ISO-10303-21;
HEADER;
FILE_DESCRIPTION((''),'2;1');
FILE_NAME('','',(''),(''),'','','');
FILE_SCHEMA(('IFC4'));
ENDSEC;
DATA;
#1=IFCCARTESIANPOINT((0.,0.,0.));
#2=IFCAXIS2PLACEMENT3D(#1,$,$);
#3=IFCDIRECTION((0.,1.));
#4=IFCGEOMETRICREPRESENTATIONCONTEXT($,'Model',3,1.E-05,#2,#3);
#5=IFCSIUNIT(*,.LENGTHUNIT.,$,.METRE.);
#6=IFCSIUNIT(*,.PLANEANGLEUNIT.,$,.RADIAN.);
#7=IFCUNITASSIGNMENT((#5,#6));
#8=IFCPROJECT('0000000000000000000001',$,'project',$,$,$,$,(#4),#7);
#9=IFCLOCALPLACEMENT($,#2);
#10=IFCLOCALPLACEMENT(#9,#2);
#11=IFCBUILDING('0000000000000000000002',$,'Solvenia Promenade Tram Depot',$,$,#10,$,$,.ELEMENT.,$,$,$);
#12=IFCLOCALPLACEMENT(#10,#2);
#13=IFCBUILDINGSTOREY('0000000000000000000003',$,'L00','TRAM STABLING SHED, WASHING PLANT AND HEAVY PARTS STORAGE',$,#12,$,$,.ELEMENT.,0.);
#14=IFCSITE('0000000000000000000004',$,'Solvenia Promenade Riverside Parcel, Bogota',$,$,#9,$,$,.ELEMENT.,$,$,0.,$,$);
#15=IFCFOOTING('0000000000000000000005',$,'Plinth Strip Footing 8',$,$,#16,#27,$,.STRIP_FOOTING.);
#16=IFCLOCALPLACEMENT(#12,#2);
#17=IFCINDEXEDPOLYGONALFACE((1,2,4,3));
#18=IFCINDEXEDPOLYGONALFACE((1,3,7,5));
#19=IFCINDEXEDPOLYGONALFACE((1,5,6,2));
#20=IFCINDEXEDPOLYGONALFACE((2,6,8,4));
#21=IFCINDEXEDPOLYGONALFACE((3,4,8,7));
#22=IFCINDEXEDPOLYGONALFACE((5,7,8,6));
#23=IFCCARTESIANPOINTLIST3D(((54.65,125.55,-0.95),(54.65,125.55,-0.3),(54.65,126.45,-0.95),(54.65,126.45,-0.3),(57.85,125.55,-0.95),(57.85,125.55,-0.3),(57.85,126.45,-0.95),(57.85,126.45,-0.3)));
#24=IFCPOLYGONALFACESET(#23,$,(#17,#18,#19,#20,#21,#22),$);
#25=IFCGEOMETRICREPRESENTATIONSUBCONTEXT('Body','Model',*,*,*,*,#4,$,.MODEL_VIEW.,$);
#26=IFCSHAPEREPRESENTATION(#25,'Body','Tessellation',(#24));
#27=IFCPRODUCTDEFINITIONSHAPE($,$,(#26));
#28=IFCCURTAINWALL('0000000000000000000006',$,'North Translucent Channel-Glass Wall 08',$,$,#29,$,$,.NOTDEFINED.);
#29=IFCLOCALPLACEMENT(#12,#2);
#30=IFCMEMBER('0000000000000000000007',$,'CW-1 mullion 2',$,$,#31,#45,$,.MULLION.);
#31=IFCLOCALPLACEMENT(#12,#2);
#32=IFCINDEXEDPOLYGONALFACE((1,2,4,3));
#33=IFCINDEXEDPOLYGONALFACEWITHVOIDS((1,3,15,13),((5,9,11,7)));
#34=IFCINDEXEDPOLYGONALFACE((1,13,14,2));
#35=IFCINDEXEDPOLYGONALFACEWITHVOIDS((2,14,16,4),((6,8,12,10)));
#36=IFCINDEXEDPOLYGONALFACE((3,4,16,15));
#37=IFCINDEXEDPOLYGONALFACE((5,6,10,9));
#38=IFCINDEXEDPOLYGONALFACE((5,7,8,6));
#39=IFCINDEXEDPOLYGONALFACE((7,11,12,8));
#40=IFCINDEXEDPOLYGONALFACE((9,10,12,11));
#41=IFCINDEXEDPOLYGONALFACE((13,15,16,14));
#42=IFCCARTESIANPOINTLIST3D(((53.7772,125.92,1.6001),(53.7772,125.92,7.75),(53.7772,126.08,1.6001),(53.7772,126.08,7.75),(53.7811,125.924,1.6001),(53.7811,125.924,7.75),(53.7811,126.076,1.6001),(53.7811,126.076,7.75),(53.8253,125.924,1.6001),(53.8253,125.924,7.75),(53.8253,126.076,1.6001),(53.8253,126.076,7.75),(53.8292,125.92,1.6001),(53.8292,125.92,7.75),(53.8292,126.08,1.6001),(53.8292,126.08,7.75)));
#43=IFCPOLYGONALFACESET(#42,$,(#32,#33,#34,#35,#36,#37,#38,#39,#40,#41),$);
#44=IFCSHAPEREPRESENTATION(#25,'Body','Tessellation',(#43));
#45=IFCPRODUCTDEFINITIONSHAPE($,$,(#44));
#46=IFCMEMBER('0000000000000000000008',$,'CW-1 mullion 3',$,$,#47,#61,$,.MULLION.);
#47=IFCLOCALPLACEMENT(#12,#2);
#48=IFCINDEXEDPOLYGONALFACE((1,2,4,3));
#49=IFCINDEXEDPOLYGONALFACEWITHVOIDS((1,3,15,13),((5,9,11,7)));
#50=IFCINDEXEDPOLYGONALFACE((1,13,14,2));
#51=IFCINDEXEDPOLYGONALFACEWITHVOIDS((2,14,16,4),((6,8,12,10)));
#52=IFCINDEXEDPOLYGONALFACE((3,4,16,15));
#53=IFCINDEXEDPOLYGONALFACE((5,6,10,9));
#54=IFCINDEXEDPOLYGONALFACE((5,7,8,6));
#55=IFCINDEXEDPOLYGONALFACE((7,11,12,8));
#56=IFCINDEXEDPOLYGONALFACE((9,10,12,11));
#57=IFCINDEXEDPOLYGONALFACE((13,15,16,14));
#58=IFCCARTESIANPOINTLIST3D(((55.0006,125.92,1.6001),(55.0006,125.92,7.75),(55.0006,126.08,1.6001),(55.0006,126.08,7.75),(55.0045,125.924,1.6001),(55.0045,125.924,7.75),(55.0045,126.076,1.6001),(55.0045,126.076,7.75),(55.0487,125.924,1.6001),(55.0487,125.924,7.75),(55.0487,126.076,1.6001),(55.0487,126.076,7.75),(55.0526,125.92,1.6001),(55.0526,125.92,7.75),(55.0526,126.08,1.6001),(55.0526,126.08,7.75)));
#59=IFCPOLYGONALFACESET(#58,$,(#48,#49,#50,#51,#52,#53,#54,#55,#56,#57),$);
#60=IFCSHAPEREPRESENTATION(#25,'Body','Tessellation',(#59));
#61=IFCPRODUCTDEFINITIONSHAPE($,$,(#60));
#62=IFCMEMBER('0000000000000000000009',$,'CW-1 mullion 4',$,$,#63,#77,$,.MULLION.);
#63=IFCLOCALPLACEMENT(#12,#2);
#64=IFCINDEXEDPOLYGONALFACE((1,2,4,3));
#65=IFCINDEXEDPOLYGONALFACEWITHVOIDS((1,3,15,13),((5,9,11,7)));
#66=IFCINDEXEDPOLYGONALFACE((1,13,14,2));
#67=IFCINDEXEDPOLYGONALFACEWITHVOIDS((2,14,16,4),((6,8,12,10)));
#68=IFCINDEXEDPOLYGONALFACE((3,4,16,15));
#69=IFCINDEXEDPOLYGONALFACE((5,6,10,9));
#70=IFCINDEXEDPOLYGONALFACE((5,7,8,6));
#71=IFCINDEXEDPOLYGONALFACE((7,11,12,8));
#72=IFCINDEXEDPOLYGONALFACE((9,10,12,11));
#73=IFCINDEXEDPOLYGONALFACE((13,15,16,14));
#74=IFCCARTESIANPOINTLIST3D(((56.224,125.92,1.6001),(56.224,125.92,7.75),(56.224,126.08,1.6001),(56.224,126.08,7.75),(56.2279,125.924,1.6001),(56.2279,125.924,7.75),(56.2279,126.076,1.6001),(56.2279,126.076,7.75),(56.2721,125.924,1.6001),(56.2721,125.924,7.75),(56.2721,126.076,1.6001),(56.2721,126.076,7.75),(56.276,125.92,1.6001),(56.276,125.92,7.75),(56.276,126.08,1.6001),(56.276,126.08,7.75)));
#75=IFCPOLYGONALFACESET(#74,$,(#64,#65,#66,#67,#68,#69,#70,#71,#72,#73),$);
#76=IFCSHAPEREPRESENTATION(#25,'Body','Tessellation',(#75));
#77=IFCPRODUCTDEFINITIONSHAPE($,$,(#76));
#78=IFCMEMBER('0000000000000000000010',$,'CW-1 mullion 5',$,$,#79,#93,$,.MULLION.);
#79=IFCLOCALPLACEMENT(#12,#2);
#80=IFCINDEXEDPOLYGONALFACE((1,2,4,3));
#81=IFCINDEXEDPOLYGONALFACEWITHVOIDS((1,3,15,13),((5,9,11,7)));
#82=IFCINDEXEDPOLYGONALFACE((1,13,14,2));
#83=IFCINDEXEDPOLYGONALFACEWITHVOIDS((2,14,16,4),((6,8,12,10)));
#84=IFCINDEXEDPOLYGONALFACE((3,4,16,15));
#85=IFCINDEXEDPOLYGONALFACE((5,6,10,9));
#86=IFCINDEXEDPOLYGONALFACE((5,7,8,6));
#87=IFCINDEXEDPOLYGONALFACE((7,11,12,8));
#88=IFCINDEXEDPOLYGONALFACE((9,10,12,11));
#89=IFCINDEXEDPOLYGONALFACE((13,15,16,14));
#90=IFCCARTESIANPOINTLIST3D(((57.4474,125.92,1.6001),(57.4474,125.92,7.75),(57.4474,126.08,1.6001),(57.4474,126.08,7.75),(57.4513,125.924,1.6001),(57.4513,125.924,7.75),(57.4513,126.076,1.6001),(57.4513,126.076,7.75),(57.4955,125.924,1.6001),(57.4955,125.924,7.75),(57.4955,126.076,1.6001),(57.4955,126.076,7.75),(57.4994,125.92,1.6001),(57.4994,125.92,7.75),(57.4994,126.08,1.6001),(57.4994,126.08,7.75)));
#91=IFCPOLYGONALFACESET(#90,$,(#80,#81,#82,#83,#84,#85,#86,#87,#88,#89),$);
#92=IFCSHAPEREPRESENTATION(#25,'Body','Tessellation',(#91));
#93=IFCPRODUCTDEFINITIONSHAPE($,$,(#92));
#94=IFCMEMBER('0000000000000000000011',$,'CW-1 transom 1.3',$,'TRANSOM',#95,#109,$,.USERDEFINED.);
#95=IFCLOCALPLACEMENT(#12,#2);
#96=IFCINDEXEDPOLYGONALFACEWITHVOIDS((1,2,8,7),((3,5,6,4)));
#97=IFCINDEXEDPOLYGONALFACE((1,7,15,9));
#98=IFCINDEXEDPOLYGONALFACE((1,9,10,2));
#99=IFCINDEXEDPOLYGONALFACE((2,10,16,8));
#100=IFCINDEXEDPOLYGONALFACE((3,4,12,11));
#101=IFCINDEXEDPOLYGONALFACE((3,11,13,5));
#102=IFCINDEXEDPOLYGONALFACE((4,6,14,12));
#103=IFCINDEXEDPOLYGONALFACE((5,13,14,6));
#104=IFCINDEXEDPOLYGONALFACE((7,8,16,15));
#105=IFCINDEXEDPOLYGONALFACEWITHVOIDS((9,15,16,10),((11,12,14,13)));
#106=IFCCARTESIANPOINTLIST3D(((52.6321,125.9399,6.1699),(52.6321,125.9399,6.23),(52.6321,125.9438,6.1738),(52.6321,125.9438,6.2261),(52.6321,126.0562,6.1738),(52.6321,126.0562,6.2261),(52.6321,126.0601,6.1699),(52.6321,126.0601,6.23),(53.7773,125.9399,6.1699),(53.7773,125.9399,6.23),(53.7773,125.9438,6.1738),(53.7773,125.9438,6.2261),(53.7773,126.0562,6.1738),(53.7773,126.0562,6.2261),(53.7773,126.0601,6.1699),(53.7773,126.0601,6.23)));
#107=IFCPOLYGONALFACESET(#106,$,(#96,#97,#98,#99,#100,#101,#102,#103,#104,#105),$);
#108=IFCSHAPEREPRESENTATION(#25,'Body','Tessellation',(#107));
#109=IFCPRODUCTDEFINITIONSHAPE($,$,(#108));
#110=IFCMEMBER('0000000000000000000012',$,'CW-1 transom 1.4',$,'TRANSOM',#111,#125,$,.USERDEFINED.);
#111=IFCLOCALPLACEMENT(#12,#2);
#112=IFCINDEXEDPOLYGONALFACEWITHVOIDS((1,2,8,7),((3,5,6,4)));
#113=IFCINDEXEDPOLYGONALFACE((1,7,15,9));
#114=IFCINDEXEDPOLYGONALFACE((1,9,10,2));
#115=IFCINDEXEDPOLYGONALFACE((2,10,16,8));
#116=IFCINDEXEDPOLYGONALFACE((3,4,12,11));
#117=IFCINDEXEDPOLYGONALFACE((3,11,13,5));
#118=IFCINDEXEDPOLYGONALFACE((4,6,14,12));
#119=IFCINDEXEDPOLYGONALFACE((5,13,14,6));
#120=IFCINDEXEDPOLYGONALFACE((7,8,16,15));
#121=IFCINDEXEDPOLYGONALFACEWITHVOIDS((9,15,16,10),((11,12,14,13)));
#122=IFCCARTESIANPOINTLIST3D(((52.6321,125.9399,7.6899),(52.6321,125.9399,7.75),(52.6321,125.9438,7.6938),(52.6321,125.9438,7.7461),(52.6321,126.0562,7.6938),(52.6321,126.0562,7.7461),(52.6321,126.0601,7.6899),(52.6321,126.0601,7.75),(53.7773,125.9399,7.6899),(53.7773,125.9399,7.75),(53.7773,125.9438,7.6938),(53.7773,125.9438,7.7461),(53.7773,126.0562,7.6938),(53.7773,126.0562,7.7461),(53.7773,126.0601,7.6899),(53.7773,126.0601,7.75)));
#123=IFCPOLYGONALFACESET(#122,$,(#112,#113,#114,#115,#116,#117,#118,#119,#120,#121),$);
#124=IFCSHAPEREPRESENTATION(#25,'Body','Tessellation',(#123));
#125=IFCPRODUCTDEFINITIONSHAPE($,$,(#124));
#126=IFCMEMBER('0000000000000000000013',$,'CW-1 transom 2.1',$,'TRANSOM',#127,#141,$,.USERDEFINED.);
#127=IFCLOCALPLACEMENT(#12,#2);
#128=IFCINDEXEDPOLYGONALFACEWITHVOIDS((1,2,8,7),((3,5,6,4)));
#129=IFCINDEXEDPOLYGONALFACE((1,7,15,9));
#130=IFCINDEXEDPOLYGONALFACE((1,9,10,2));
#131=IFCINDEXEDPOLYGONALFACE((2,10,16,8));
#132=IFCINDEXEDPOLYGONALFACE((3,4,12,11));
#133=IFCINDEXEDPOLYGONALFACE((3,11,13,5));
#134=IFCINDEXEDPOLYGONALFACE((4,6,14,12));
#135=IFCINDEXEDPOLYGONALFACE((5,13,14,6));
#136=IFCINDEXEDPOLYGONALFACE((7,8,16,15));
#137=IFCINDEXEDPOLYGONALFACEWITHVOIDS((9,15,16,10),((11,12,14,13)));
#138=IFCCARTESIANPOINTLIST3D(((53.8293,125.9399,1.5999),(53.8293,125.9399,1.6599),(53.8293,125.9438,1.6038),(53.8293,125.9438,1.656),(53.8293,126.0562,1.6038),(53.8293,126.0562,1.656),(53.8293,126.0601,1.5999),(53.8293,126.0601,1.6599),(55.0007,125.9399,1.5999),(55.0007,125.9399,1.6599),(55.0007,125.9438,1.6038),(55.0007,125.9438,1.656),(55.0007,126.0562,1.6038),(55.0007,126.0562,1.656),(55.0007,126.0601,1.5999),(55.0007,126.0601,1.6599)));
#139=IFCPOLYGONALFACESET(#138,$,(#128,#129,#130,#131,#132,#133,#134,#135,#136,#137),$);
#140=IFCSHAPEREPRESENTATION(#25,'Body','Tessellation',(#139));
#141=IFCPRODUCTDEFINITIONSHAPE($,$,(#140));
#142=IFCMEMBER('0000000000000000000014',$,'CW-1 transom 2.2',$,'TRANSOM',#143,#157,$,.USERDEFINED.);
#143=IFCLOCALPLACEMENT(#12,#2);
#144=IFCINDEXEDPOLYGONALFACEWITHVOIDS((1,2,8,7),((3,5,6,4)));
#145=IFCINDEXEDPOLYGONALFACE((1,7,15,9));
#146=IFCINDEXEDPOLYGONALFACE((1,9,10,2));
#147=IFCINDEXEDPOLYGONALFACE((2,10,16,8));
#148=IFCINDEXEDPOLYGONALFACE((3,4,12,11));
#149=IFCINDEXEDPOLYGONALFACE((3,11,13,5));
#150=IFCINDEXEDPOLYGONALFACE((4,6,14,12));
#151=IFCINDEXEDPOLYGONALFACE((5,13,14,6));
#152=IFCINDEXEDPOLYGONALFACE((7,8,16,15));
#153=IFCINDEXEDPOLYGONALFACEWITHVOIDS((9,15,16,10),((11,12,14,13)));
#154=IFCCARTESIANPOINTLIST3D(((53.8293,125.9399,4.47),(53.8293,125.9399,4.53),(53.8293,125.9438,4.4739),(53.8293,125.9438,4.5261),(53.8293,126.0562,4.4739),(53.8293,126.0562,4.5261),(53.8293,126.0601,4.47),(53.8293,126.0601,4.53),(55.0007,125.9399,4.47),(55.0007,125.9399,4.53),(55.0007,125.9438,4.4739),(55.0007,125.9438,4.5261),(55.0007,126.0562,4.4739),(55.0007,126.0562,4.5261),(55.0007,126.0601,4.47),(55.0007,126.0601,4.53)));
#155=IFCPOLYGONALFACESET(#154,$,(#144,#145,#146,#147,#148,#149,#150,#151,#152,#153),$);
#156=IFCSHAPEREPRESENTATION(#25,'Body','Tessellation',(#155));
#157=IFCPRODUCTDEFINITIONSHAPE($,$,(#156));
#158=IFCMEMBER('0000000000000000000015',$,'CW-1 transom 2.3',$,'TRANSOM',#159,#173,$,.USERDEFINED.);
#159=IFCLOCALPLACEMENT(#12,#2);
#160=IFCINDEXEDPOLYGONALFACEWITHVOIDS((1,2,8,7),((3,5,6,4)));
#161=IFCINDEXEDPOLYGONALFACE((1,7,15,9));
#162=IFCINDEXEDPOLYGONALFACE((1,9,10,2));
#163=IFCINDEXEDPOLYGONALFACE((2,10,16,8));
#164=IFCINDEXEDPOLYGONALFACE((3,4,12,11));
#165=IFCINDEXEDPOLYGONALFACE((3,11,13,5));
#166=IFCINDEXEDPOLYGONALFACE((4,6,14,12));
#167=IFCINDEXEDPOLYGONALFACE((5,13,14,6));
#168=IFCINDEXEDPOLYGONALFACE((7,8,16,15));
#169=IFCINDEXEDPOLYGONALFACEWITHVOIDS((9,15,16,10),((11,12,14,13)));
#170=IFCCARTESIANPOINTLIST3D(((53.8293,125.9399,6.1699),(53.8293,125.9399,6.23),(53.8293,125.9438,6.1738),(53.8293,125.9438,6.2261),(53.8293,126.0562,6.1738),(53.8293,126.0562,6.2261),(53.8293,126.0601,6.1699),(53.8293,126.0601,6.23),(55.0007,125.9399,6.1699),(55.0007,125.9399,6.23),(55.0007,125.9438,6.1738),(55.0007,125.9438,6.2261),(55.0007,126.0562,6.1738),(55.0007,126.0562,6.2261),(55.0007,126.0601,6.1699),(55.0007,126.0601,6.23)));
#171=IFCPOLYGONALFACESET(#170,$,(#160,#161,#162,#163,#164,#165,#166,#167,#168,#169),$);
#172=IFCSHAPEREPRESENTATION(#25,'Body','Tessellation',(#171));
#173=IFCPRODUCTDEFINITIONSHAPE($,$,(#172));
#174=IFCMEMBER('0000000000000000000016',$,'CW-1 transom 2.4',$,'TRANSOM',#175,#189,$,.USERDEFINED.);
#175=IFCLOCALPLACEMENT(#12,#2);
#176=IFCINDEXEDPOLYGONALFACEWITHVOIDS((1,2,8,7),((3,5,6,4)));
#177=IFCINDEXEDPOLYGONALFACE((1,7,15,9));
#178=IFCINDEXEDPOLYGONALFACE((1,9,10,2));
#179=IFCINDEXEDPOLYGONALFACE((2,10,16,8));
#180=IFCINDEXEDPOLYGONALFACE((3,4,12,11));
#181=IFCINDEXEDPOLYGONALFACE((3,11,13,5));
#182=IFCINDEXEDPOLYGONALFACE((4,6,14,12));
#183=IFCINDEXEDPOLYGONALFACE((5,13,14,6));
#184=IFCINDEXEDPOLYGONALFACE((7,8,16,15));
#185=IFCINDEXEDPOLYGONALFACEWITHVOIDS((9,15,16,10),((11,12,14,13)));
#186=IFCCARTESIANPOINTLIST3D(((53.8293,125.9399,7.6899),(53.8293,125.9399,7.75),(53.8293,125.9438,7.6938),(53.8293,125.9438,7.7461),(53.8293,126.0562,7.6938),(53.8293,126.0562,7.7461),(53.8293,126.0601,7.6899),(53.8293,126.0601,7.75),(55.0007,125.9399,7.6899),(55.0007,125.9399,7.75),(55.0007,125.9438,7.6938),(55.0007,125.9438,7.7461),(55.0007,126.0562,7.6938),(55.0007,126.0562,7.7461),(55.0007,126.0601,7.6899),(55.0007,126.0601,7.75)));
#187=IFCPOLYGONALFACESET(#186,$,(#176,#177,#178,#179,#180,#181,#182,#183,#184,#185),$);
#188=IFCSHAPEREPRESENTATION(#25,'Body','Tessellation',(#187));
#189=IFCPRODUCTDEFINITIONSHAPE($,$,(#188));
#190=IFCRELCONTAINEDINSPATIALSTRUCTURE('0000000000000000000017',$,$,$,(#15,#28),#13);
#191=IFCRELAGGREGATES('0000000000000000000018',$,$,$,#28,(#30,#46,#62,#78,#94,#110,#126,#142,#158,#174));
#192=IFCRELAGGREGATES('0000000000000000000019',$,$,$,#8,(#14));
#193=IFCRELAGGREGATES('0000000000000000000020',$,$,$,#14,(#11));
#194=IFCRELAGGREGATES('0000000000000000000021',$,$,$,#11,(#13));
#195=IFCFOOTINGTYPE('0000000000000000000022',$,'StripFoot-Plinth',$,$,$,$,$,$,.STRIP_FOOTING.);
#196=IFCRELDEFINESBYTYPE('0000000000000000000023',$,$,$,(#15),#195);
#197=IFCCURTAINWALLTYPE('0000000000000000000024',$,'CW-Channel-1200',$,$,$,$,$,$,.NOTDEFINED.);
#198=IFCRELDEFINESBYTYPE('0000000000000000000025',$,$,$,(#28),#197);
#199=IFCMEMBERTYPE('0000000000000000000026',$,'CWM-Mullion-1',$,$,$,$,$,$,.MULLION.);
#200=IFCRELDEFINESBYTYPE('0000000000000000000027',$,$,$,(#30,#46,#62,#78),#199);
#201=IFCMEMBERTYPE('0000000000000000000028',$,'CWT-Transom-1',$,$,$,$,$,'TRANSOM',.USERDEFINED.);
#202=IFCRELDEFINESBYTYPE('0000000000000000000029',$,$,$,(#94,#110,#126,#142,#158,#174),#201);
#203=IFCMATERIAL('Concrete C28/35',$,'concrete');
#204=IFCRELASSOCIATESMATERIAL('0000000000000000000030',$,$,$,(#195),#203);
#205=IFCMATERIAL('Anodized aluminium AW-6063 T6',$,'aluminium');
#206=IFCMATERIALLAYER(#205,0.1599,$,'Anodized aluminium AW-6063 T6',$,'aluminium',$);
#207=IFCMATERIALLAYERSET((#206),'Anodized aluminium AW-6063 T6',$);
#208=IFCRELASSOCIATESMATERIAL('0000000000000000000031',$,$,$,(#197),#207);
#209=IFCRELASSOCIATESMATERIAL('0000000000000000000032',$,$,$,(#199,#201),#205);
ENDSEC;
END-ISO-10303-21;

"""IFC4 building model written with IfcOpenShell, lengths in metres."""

from ifc_helpers import new_model, si_unit, direction, frame, origin, origin_2d, place, context, subcontext, project, spatial, rectangle, hollow_rectangle, extrude, material, layer, layer_set, material_profile, profile_set, type_object, element, aggregate, save


model = new_model("IFC4")

# Units and contexts
model_context = context("Model", 3, precision=1e-05, world=origin(), true_north=direction((0.0, 1.0)))
body_context = subcontext(model_context, "Body", "Model", "MODEL_VIEW")
ifc_project = project(units=[si_unit("LENGTHUNIT", "METRE"), si_unit("PLANEANGLEUNIT", "RADIAN")], contexts=[model_context])

# Site, building, storey
site_placement = place(None, origin())
site = spatial("IfcSite", under=ifc_project, at=site_placement, Name="Solvenia Promenade Riverside Parcel, Bogota", CompositionType="ELEMENT", RefElevation=0.0)
building_placement = place(site_placement, origin())
building = spatial("IfcBuilding", under=site, at=building_placement, Name="Solvenia Promenade Tram Depot", CompositionType="ELEMENT")
storey_placement = place(building_placement, origin())
storey = spatial("IfcBuildingStorey", under=building, at=storey_placement, Name="L00", Description="TRAM STABLING SHED, WASHING PLANT AND HEAVY PARTS STORAGE", CompositionType="ELEMENT", Elevation=0.0)

# Footing
ifc_material_1 = material(Name="Concrete C28/35", Category="concrete")
footing_type = type_object("IfcFootingType", Name="StripFoot-Plinth", PredefinedType="STRIP_FOOTING", material=ifc_material_1)
footing_placement = place(storey_placement, frame((56.25, 126.0, -0.95), z_axis=(0.0, 0.0, 1.0), x_axis=(1.0, 0.0, 0.0)))
element("IfcFooting", 1, at=footing_placement, inside=storey, type_object=footing_type, Name="Plinth Strip Footing 8", PredefinedType="STRIP_FOOTING", context=body_context, shape_type="SweptSolid", body=[
    extrude(rectangle(XDim=3.2, YDim=0.8999, at=origin_2d()), origin(), (0.0, 0.0, 1.0), 0.6499),
])

# Curtain wall, members
ifc_material_2 = material(Name="Anodized aluminium AW-6063 T6", Category="aluminium")
ifc_layer_1 = layer(ifc_material_2, 0.1599, Name="Anodized aluminium AW-6063 T6", Category="aluminium")
ifc_layer_set_1 = layer_set([ifc_layer_1], Name="Anodized aluminium AW-6063 T6")
curtain_wall_type = type_object("IfcCurtainWallType", Name="CW-Channel-1200", PredefinedType="NOTDEFINED", material=ifc_layer_set_1)
curtain_wall_placement = place(storey_placement, origin())
curtain_wall = element("IfcCurtainWall", 2, at=curtain_wall_placement, inside=storey, type_object=curtain_wall_type, Name="North Translucent Channel-Glass Wall 08", PredefinedType="NOTDEFINED")
ifc_material_profile_1 = material_profile(ifc_material_2, hollow_rectangle(XDim=0.1599, YDim=0.052, WallThickness=0.0039, at=origin_2d()), Name="ALU-M1", Category="aluminium")
ifc_profile_set_1 = profile_set([ifc_material_profile_1], Name="Anodized aluminium AW-6063 T6")
member_type_1 = type_object("IfcMemberType", Name="CWM-Mullion-1", PredefinedType="MULLION", material=ifc_profile_set_1)
member_1_placement = place(storey_placement, frame((53.8032, 126.0, 1.6001), z_axis=(0.0, 0.0, 1.0), x_axis=(0.0, 1.0, 0.0)))
member_1 = element("IfcMember", 3, at=member_1_placement, type_object=member_type_1, Name="CW-1 mullion 2", PredefinedType="MULLION", context=body_context, shape_type="SweptSolid", body=[
    extrude(hollow_rectangle(XDim=0.1599, YDim=0.052, WallThickness=0.0039, at=origin_2d()), origin(), (0.0, 0.0, 1.0), 6.1499),
])
member_2_placement = place(storey_placement, frame((55.0266, 126.0, 1.6001), z_axis=(0.0, 0.0, 1.0), x_axis=(0.0, 1.0, 0.0)))
member_2 = element("IfcMember", 4, at=member_2_placement, type_object=member_type_1, Name="CW-1 mullion 3", PredefinedType="MULLION", context=body_context, shape_type="SweptSolid", body=[
    extrude(hollow_rectangle(XDim=0.1599, YDim=0.052, WallThickness=0.0039, at=origin_2d()), origin(), (0.0, 0.0, 1.0), 6.1499),
])
member_3_placement = place(storey_placement, frame((56.25, 126.0, 1.6001), z_axis=(0.0, 0.0, 1.0), x_axis=(0.0, 1.0, 0.0)))
member_3 = element("IfcMember", 5, at=member_3_placement, type_object=member_type_1, Name="CW-1 mullion 4", PredefinedType="MULLION", context=body_context, shape_type="SweptSolid", body=[
    extrude(hollow_rectangle(XDim=0.1599, YDim=0.052, WallThickness=0.0039, at=origin_2d()), origin(), (0.0, 0.0, 1.0), 6.1499),
])
member_4_placement = place(storey_placement, frame((57.4734, 126.0, 1.6001), z_axis=(0.0, 0.0, 1.0), x_axis=(0.0, 1.0, 0.0)))
member_4 = element("IfcMember", 6, at=member_4_placement, type_object=member_type_1, Name="CW-1 mullion 5", PredefinedType="MULLION", context=body_context, shape_type="SweptSolid", body=[
    extrude(hollow_rectangle(XDim=0.1599, YDim=0.052, WallThickness=0.0039, at=origin_2d()), origin(), (0.0, 0.0, 1.0), 6.1499),
])
ifc_material_profile_2 = material_profile(ifc_material_2, hollow_rectangle(XDim=0.1201, YDim=0.0601, WallThickness=0.0039, at=origin_2d()), Name="ALU-T1", Category="aluminium")
ifc_profile_set_2 = profile_set([ifc_material_profile_2], Name="Anodized aluminium AW-6063 T6")
member_type_2 = type_object("IfcMemberType", Name="CWT-Transom-1", ElementType="TRANSOM", PredefinedType="USERDEFINED", material=ifc_profile_set_2)
member_5_placement = place(storey_placement, frame((52.6321, 126.0, 6.2), z_axis=(1.0, 0.0, 0.0), x_axis=(0.0, 1.0, 0.0)))
member_5 = element("IfcMember", 7, at=member_5_placement, type_object=member_type_2, Name="CW-1 transom 1.3", ObjectType="TRANSOM", PredefinedType="USERDEFINED", context=body_context, shape_type="SweptSolid", body=[
    extrude(hollow_rectangle(XDim=0.1201, YDim=0.0601, WallThickness=0.0039, at=origin_2d()), origin(), (0.0, 0.0, 1.0), 1.1453),
])
member_6_placement = place(storey_placement, frame((52.6321, 126.0, 7.72), z_axis=(1.0, 0.0, 0.0), x_axis=(0.0, 1.0, 0.0)))
member_6 = element("IfcMember", 8, at=member_6_placement, type_object=member_type_2, Name="CW-1 transom 1.4", ObjectType="TRANSOM", PredefinedType="USERDEFINED", context=body_context, shape_type="SweptSolid", body=[
    extrude(hollow_rectangle(XDim=0.1201, YDim=0.0601, WallThickness=0.0039, at=origin_2d()), origin(), (0.0, 0.0, 1.0), 1.1453),
])
member_7_placement = place(storey_placement, frame((53.8293, 126.0, 1.6299), z_axis=(1.0, 0.0, 0.0), x_axis=(0.0, 1.0, 0.0)))
member_7 = element("IfcMember", 9, at=member_7_placement, type_object=member_type_2, Name="CW-1 transom 2.1", ObjectType="TRANSOM", PredefinedType="USERDEFINED", context=body_context, shape_type="SweptSolid", body=[
    extrude(hollow_rectangle(XDim=0.1201, YDim=0.0601, WallThickness=0.0039, at=origin_2d()), origin(), (0.0, 0.0, 1.0), 1.1714),
])
member_8_placement = place(storey_placement, frame((53.8293, 126.0, 4.5), z_axis=(1.0, 0.0, 0.0), x_axis=(0.0, 1.0, 0.0)))
member_8 = element("IfcMember", 10, at=member_8_placement, type_object=member_type_2, Name="CW-1 transom 2.2", ObjectType="TRANSOM", PredefinedType="USERDEFINED", context=body_context, shape_type="SweptSolid", body=[
    extrude(hollow_rectangle(XDim=0.1201, YDim=0.0601, WallThickness=0.0039, at=origin_2d()), origin(), (0.0, 0.0, 1.0), 1.1714),
])
member_9_placement = place(storey_placement, frame((53.8293, 126.0, 6.2), z_axis=(1.0, 0.0, 0.0), x_axis=(0.0, 1.0, 0.0)))
member_9 = element("IfcMember", 11, at=member_9_placement, type_object=member_type_2, Name="CW-1 transom 2.3", ObjectType="TRANSOM", PredefinedType="USERDEFINED", context=body_context, shape_type="SweptSolid", body=[
    extrude(hollow_rectangle(XDim=0.1201, YDim=0.0601, WallThickness=0.0039, at=origin_2d()), origin(), (0.0, 0.0, 1.0), 1.1714),
])
member_10_placement = place(storey_placement, frame((53.8293, 126.0, 7.72), z_axis=(1.0, 0.0, 0.0), x_axis=(0.0, 1.0, 0.0)))
member_10 = element("IfcMember", 12, at=member_10_placement, type_object=member_type_2, Name="CW-1 transom 2.4", ObjectType="TRANSOM", PredefinedType="USERDEFINED", context=body_context, shape_type="SweptSolid", body=[
    extrude(hollow_rectangle(XDim=0.1201, YDim=0.0601, WallThickness=0.0039, at=origin_2d()), origin(), (0.0, 0.0, 1.0), 1.1714),
])
aggregate(curtain_wall, [member_1, member_2, member_3, member_4, member_5, member_6, member_7, member_8, member_9, member_10])

save(model, "model.ifc")
